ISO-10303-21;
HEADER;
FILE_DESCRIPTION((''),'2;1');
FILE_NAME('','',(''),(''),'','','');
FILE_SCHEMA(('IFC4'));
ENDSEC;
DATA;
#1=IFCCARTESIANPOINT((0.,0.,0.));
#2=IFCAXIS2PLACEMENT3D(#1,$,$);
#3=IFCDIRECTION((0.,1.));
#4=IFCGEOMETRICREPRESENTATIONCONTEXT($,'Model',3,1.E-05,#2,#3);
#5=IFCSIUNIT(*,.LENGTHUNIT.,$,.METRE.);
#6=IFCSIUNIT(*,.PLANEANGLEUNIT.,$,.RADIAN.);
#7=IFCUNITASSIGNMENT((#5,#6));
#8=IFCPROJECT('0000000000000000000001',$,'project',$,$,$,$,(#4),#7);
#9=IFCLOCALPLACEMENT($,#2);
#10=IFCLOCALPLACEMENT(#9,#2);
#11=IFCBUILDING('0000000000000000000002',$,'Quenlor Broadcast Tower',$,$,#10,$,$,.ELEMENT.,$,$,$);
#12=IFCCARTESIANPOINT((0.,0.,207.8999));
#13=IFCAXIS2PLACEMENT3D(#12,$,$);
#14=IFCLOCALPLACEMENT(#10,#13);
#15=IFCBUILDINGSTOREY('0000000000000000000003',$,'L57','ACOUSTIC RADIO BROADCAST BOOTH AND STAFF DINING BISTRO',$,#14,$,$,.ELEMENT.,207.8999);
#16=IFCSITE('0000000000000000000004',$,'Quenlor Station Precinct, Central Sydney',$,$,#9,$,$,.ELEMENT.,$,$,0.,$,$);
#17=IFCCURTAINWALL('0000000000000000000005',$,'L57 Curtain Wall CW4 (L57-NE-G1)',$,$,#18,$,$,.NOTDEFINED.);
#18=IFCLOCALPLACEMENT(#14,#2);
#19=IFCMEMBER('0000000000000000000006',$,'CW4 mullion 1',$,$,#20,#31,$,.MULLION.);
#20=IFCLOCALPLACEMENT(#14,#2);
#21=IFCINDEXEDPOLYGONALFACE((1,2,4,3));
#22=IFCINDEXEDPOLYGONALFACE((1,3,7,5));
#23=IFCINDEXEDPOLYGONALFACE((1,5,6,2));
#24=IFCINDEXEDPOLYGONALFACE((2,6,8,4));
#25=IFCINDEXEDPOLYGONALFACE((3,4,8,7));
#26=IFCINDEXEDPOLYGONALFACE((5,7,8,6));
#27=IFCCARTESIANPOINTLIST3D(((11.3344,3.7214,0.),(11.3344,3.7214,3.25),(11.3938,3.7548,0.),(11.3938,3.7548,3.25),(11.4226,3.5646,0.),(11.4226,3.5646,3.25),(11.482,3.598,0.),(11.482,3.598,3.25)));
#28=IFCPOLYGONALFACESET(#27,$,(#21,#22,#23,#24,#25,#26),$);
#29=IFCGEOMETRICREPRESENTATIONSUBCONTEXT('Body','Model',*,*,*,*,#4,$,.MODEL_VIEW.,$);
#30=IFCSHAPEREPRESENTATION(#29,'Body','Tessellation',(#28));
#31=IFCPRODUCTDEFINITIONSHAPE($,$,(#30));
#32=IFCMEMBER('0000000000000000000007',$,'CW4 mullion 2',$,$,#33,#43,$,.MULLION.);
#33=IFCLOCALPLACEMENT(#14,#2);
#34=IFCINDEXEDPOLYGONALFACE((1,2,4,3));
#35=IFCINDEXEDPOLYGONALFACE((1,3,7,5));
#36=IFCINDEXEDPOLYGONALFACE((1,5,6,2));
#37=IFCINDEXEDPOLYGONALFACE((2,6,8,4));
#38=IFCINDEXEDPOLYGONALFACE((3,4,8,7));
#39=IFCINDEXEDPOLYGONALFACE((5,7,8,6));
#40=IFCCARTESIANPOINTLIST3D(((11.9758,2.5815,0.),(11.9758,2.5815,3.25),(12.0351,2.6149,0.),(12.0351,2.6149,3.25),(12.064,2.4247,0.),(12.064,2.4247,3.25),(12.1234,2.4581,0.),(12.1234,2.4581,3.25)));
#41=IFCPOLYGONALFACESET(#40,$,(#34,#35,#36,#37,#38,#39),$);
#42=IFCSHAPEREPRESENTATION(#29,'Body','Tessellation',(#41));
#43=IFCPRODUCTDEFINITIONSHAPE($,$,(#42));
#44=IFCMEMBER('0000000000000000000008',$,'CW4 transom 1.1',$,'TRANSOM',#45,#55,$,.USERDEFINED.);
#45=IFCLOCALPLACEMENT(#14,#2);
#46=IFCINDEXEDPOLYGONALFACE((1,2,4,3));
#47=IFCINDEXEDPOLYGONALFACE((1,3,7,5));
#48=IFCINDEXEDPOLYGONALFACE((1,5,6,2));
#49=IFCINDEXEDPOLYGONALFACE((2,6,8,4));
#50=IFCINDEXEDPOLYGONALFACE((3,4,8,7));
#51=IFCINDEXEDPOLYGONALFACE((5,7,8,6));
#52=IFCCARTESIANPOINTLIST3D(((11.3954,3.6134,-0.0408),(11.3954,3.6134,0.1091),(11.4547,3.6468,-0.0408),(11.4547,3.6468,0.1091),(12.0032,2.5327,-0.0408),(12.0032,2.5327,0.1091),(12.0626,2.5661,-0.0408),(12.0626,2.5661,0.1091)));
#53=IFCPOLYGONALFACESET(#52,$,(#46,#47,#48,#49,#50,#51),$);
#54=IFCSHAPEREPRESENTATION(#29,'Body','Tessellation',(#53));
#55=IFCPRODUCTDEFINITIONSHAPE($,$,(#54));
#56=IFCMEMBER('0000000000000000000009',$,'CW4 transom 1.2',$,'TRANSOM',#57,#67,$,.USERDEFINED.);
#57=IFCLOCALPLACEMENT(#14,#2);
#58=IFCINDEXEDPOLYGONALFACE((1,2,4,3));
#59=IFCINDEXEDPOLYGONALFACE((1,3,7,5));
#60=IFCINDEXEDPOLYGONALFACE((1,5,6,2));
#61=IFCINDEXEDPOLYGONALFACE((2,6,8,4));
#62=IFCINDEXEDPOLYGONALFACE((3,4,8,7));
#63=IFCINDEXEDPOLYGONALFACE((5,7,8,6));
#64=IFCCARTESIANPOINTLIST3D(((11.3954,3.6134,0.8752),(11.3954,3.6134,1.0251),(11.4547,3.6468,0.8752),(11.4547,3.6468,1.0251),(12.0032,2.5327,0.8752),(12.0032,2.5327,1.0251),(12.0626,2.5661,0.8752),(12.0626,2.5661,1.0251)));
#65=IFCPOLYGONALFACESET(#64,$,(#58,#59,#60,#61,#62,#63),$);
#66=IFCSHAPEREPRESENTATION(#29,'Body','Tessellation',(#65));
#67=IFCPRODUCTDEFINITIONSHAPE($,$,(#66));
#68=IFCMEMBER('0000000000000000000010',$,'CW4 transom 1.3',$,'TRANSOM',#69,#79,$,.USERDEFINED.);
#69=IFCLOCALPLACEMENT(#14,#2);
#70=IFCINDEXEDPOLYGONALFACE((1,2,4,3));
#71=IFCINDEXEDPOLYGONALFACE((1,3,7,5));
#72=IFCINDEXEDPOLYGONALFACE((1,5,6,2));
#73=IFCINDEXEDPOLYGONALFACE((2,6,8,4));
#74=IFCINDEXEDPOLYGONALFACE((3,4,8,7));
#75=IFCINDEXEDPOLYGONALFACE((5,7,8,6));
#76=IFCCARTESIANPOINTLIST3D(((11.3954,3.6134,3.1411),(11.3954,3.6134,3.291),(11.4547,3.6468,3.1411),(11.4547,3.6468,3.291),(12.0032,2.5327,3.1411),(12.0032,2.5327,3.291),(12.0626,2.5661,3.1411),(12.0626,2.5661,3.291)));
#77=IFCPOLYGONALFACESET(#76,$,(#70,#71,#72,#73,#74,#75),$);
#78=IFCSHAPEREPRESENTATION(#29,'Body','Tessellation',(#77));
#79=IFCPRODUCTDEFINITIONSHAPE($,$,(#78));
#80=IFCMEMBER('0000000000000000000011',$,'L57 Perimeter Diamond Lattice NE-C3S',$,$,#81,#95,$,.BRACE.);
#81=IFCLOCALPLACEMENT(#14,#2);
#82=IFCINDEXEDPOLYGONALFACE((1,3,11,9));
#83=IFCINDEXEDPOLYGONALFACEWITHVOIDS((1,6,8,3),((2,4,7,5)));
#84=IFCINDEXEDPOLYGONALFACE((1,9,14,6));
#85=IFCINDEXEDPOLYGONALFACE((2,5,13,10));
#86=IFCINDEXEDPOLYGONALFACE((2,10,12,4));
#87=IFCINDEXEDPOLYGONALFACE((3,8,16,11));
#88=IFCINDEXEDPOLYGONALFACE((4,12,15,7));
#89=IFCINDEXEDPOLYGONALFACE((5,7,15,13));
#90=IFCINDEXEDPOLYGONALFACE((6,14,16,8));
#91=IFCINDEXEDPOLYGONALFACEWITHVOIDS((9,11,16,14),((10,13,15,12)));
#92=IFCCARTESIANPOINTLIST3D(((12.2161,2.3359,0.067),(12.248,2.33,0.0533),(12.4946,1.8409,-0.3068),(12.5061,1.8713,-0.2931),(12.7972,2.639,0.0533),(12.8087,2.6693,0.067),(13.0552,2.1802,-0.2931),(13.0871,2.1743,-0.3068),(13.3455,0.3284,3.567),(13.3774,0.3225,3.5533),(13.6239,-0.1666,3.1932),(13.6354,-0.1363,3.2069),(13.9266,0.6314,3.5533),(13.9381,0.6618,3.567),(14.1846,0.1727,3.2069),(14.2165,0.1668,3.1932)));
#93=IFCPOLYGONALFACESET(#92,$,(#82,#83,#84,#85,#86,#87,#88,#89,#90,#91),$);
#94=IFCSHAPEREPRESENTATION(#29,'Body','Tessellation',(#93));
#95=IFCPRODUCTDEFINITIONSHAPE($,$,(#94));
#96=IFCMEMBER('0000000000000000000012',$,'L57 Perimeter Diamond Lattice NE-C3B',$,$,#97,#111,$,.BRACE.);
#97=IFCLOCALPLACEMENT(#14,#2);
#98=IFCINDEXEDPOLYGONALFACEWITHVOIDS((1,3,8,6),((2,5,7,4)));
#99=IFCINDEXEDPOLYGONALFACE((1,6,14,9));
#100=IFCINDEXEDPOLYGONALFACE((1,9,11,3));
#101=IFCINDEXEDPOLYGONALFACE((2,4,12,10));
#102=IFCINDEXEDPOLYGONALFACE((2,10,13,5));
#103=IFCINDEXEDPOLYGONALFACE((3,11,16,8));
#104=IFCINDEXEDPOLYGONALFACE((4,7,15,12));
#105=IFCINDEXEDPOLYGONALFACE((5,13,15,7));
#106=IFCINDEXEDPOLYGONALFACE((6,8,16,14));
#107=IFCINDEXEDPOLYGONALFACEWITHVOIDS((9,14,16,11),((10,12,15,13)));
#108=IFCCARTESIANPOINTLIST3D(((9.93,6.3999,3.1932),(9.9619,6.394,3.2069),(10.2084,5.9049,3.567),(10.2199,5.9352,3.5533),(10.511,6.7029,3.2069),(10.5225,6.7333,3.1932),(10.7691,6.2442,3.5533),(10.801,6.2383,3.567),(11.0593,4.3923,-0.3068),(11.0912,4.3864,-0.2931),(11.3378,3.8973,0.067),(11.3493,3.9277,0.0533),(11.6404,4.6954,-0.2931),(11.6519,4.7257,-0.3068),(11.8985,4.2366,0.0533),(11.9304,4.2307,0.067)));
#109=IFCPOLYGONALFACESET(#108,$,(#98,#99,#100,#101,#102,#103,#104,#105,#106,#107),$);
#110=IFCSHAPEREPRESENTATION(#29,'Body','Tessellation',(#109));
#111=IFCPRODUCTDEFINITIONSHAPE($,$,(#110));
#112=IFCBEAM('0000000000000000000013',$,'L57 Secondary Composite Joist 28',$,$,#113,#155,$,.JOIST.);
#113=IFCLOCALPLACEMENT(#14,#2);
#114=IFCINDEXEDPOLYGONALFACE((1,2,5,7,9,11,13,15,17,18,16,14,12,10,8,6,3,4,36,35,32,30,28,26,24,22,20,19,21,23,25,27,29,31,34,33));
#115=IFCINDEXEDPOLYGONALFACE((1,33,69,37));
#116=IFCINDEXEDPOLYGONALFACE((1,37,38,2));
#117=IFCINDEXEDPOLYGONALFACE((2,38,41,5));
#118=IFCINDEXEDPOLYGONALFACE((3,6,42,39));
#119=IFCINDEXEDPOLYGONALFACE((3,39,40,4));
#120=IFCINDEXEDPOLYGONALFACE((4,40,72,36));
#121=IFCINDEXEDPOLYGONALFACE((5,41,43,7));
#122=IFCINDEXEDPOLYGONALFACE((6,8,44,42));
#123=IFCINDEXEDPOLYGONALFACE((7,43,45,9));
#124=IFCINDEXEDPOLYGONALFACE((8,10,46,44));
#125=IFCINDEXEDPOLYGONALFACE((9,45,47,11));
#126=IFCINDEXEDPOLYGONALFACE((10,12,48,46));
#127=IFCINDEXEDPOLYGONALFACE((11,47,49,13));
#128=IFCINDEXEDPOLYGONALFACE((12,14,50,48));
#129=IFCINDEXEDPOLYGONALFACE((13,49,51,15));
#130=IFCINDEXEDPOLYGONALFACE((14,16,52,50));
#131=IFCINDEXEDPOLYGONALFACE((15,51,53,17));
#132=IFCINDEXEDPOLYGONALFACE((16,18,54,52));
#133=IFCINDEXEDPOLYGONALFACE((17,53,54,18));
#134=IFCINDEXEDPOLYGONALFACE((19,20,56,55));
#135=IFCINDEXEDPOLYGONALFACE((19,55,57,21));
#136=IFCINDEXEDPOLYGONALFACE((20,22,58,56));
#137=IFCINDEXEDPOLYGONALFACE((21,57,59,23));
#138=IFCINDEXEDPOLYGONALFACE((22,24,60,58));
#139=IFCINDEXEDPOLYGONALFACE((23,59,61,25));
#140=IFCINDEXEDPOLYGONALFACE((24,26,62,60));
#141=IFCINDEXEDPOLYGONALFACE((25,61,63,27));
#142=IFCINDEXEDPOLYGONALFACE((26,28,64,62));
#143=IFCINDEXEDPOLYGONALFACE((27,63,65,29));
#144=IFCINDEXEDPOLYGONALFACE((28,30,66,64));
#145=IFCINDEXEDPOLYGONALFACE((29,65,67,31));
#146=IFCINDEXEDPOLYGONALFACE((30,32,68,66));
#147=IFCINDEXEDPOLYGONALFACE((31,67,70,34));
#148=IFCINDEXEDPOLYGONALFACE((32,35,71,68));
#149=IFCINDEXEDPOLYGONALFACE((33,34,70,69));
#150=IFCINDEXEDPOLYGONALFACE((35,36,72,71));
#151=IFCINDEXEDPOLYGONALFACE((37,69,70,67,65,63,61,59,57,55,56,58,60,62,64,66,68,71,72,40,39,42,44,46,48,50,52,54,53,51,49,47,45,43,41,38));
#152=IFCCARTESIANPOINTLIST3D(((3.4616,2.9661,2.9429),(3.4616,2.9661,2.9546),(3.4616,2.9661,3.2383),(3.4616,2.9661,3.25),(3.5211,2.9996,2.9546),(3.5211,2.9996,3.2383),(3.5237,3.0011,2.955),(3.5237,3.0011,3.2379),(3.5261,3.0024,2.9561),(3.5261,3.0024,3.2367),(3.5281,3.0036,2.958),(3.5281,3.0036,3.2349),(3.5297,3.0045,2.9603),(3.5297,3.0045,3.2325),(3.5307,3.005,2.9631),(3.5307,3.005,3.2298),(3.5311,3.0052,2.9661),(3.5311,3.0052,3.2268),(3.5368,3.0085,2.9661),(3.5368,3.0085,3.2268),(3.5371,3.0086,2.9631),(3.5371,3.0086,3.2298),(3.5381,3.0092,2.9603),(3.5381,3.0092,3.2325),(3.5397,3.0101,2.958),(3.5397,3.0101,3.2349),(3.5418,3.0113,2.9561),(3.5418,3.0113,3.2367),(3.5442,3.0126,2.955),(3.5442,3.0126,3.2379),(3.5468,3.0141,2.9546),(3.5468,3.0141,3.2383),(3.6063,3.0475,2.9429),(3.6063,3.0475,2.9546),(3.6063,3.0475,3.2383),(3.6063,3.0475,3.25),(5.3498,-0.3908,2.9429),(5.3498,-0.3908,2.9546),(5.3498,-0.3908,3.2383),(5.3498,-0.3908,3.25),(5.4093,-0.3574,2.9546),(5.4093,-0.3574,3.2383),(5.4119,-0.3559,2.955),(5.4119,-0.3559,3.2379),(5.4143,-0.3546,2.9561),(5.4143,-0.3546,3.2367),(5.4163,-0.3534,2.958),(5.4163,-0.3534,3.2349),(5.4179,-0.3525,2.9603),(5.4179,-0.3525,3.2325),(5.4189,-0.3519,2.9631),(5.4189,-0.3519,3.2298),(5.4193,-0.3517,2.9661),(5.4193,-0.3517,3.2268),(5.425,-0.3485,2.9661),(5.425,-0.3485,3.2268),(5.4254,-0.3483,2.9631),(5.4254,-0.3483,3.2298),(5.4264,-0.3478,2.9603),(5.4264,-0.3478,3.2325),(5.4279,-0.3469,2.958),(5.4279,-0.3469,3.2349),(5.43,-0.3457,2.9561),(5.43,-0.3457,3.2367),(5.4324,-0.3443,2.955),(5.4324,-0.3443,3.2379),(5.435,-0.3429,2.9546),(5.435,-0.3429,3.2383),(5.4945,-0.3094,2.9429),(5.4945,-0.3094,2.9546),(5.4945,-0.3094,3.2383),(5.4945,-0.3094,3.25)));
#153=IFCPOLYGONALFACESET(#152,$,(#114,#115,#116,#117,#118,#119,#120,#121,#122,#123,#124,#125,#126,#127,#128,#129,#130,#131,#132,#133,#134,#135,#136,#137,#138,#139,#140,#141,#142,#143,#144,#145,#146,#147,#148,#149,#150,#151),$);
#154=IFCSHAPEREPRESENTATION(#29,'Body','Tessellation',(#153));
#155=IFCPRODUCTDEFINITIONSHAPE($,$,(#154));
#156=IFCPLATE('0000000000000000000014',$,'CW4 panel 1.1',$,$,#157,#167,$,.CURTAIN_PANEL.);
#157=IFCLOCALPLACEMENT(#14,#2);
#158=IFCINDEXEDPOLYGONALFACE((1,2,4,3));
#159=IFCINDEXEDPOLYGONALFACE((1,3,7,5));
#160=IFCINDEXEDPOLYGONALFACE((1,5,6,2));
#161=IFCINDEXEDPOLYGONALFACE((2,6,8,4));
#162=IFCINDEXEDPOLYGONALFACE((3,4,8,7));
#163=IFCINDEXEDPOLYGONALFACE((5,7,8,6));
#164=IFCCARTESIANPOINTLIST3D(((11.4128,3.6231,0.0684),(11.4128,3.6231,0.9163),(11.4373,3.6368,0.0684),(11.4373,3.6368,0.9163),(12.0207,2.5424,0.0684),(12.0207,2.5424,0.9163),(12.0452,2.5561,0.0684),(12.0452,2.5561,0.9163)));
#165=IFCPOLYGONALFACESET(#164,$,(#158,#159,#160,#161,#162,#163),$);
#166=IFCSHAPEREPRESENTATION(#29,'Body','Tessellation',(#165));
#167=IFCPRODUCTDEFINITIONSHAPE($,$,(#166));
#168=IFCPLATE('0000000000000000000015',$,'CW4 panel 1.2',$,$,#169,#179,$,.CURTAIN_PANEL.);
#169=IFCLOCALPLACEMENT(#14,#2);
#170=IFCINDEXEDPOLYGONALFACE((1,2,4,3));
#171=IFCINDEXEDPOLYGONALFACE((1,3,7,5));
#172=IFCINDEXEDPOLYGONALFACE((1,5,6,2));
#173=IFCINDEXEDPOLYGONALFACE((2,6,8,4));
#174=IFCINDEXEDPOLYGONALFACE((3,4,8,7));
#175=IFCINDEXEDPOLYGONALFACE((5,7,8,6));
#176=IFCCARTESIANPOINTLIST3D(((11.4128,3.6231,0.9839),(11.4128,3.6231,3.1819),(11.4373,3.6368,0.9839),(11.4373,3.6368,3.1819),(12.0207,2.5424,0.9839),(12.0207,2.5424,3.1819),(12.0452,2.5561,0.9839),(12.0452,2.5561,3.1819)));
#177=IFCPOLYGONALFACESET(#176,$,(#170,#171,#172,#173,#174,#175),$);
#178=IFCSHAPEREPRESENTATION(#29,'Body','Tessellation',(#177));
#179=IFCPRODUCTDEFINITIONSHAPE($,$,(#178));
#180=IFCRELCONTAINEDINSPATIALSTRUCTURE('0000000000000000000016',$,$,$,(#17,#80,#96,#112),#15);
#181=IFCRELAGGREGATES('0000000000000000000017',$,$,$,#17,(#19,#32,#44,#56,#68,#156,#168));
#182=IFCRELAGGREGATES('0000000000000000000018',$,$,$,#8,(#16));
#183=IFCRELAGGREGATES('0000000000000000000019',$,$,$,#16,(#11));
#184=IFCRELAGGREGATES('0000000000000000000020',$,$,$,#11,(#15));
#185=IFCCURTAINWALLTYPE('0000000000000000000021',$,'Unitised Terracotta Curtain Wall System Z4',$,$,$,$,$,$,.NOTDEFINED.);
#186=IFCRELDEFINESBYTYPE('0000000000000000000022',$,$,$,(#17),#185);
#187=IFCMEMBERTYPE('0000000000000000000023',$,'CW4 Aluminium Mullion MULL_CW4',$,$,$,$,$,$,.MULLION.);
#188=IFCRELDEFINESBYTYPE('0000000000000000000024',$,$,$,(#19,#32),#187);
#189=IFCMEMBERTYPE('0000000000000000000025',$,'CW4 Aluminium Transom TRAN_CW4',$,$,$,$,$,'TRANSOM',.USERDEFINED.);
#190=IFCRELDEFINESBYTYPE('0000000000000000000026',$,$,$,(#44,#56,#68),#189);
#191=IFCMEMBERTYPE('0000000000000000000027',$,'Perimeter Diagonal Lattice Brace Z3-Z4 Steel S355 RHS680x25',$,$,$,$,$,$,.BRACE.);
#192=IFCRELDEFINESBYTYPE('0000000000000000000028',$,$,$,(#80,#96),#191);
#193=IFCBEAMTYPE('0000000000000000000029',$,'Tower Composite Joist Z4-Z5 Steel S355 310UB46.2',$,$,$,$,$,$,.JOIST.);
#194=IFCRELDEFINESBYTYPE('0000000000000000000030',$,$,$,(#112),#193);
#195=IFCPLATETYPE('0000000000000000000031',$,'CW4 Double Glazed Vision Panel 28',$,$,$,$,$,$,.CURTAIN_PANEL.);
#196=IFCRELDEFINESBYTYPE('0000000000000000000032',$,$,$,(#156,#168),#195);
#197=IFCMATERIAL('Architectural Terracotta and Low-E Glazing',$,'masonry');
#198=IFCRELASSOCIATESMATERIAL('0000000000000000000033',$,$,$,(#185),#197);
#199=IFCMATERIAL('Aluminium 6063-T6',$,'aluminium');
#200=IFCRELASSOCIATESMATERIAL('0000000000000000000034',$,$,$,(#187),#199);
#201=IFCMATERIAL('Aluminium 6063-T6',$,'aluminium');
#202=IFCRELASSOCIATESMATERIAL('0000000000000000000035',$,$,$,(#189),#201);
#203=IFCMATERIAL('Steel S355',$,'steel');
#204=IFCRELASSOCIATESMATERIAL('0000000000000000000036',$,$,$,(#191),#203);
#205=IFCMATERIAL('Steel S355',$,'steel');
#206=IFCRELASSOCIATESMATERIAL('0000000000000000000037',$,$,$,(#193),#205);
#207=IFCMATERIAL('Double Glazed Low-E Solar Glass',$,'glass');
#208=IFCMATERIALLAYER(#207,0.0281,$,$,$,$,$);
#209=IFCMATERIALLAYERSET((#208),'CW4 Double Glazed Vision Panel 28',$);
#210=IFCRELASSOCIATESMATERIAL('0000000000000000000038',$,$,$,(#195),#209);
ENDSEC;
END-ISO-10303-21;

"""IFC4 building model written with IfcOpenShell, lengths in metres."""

from ifc_helpers import new_model, si_unit, direction, frame, origin, origin_2d, place, context, subcontext, project, spatial, rectangle, hollow_rectangle, i_section, extrude, material, layer, layer_set, material_profile, profile_set, type_object, element, aggregate, save


model = new_model("IFC4")

# Units and contexts
model_context = context("Model", 3, precision=1e-05, world=origin(), true_north=direction((0.0, 1.0)))
body_context = subcontext(model_context, "Body", "Model", "MODEL_VIEW")
ifc_project = project(units=[si_unit("LENGTHUNIT", "METRE"), si_unit("PLANEANGLEUNIT", "RADIAN")], contexts=[model_context])

# Site, building, storey
site_placement = place(None, origin())
site = spatial("IfcSite", under=ifc_project, at=site_placement, Name="Quenlor Station Precinct, Central Sydney", CompositionType="ELEMENT", RefElevation=0.0)
building_placement = place(site_placement, origin())
building = spatial("IfcBuilding", under=site, at=building_placement, Name="Quenlor Broadcast Tower", CompositionType="ELEMENT")
storey_placement = place(building_placement, frame((0.0, 0.0, 207.8999)))
storey = spatial("IfcBuildingStorey", under=building, at=storey_placement, Name="L57", Description="ACOUSTIC RADIO BROADCAST BOOTH AND STAFF DINING BISTRO", CompositionType="ELEMENT", Elevation=207.8999)

# Curtain wall, members
ifc_material_1 = material(Name="Architectural Terracotta and Low-E Glazing", Category="masonry")
curtain_wall_type = type_object("IfcCurtainWallType", Name="Unitised Terracotta Curtain Wall System Z4", PredefinedType="NOTDEFINED", material=ifc_material_1)
curtain_wall_placement = place(storey_placement, origin())
curtain_wall = element("IfcCurtainWall", 1, at=curtain_wall_placement, inside=storey, type_object=curtain_wall_type, Name="L57 Curtain Wall CW4 (L57-NE-G1)", PredefinedType="NOTDEFINED")
ifc_material_2 = material(Name="Aluminium 6063-T6", Category="aluminium")
ifc_material_profile_1 = material_profile(ifc_material_2, rectangle(XDim=0.0681, YDim=0.1799, at=origin_2d()))
ifc_profile_set_1 = profile_set([ifc_material_profile_1], Name="Aluminium 6063-T6 MULL68x180")
member_type_1 = type_object("IfcMemberType", Name="CW4 Aluminium Mullion MULL_CW4", PredefinedType="MULLION", material=ifc_profile_set_1)
member_1_placement = place(storey_placement, frame((11.4082, 3.6597, 0.0), z_axis=(0.0, 0.0, 1.0), x_axis=(0.87156, 0.490289, 0.0)))
member_1 = element("IfcMember", 2, at=member_1_placement, type_object=member_type_1, Name="CW4 mullion 1", PredefinedType="MULLION", context=body_context, shape_type="SweptSolid", body=[
    extrude(rectangle(XDim=0.0681, YDim=0.1799, at=origin_2d()), origin(), (0.0, 0.0, 1.0), 3.25),
])
member_2_placement = place(storey_placement, frame((12.0496, 2.5198, 0.0), z_axis=(0.0, 0.0, 1.0), x_axis=(0.87156, 0.490289, 0.0)))
member_2 = element("IfcMember", 3, at=member_2_placement, type_object=member_type_1, Name="CW4 mullion 2", PredefinedType="MULLION", context=body_context, shape_type="SweptSolid", body=[
    extrude(rectangle(XDim=0.0681, YDim=0.1799, at=origin_2d()), origin(), (0.0, 0.0, 1.0), 3.25),
])
ifc_material_3 = material(Name="Aluminium 6063-T6", Category="aluminium")
ifc_material_profile_2 = material_profile(ifc_material_3, rectangle(XDim=0.0681, YDim=0.1499, at=origin_2d()))
ifc_profile_set_2 = profile_set([ifc_material_profile_2], Name="Aluminium 6063-T6 TRAN68x150")
member_type_2 = type_object("IfcMemberType", Name="CW4 Aluminium Transom TRAN_CW4", ElementType="TRANSOM", PredefinedType="USERDEFINED", material=ifc_profile_set_2)
member_3_placement = place(storey_placement, frame((11.425, 3.6301, 0.0342), z_axis=(0.490233, -0.871591, 0.0), x_axis=(0.871591, 0.490233, 0.0)))
member_3 = element("IfcMember", 4, at=member_3_placement, type_object=member_type_2, Name="CW4 transom 1.1", ObjectType="TRANSOM", PredefinedType="USERDEFINED", context=body_context, shape_type="SweptSolid", body=[
    extrude(rectangle(XDim=0.0681, YDim=0.1499, at=origin_2d()), origin(), (0.0, 0.0, 1.0), 1.24),
])
member_4_placement = place(storey_placement, frame((11.425, 3.6301, 0.9502), z_axis=(0.490233, -0.871591, 0.0), x_axis=(0.871591, 0.490233, 0.0)))
member_4 = element("IfcMember", 5, at=member_4_placement, type_object=member_type_2, Name="CW4 transom 1.2", ObjectType="TRANSOM", PredefinedType="USERDEFINED", context=body_context, shape_type="SweptSolid", body=[
    extrude(rectangle(XDim=0.0681, YDim=0.1499, at=origin_2d()), origin(), (0.0, 0.0, 1.0), 1.24),
])
member_5_placement = place(storey_placement, frame((11.425, 3.6301, 3.2161), z_axis=(0.490233, -0.871591, 0.0), x_axis=(0.871591, 0.490233, 0.0)))
member_5 = element("IfcMember", 6, at=member_5_placement, type_object=member_type_2, Name="CW4 transom 1.3", ObjectType="TRANSOM", PredefinedType="USERDEFINED", context=body_context, shape_type="SweptSolid", body=[
    extrude(rectangle(XDim=0.0681, YDim=0.1499, at=origin_2d()), origin(), (0.0, 0.0, 1.0), 1.24),
])

# Members
ifc_material_4 = material(Name="Steel S355", Category="steel")
ifc_material_profile_3 = material_profile(ifc_material_4, hollow_rectangle(XDim=0.6799, YDim=0.6799, WallThickness=0.0249, at=origin_2d()))
ifc_profile_set_3 = profile_set([ifc_material_profile_3], Name="Steel S355 RHS680x680x25")
member_type_3 = type_object("IfcMemberType", Name="Perimeter Diagonal Lattice Brace Z3-Z4 Steel S355 RHS680x25", PredefinedType="BRACE", material=ifc_profile_set_3)
for number, where, z_axis, x_axis, name in (
    (7, (12.6516, 2.2551, -0.1199), (0.269547, -0.479136, 0.835328), (0.87155, 0.490307, 0.0), "L57 Perimeter Diamond Lattice NE-C3S"),
    (8, (11.4949, 4.3115, -0.1199), (-0.269547, 0.479136, 0.835328), (-0.87155, -0.490307, 0.0), "L57 Perimeter Diamond Lattice NE-C3B"),
):
    element("IfcMember", number, at=place(storey_placement, frame(where, z_axis=z_axis, x_axis=x_axis)), inside=storey, type_object=member_type_3, Name=name, PredefinedType="BRACE", context=body_context, shape_type="SweptSolid", body=[
        extrude(hollow_rectangle(XDim=0.6799, YDim=0.6799, WallThickness=0.0249, at=origin_2d()), origin(), (0.0, 0.0, 1.0), 4.1899),
    ])

# Beam
ifc_material_5 = material(Name="Steel S355", Category="steel")
ifc_material_profile_4 = material_profile(ifc_material_5, i_section(OverallWidth=0.166, OverallDepth=0.3071, WebThickness=0.0066, FlangeThickness=0.0117, FilletRadius=0.0115, at=origin_2d()))
ifc_profile_set_4 = profile_set([ifc_material_profile_4], Name="Steel S355 310UB46.2")
beam_type = type_object("IfcBeamType", Name="Tower Composite Joist Z4-Z5 Steel S355 310UB46.2", PredefinedType="JOIST", material=ifc_profile_set_4)
beam_placement = place(storey_placement, frame((3.5339, 3.0068, 3.0964), z_axis=(0.490243, -0.871586, 0.0), x_axis=(0.871586, 0.490243, 0.0)))
element("IfcBeam", 9, at=beam_placement, inside=storey, type_object=beam_type, Name="L57 Secondary Composite Joist 28", PredefinedType="JOIST", context=body_context, shape_type="SweptSolid", body=[
    extrude(i_section(OverallWidth=0.166, OverallDepth=0.3071, WebThickness=0.0066, FlangeThickness=0.0117, FilletRadius=0.0115, at=origin_2d()), origin(), (0.0, 0.0, 1.0), 3.8516),
])

# Plates
ifc_material_6 = material(Name="Double Glazed Low-E Solar Glass", Category="glass")
ifc_layer_1 = layer(ifc_material_6, 0.0281)
ifc_layer_set_1 = layer_set([ifc_layer_1], Name="CW4 Double Glazed Vision Panel 28")
plate_type_1 = type_object("IfcPlateType", Name="CW4 Double Glazed Vision Panel 28", PredefinedType="CURTAIN_PANEL", material=ifc_layer_set_1)
plate_1_placement = place(storey_placement, frame((11.729, 3.0896, 0.0684), z_axis=(0.0, 0.0, 1.0), x_axis=(0.490289, -0.87156, 0.0)))
plate_1 = element("IfcPlate", 10, at=plate_1_placement, type_object=plate_type_1, Name="CW4 panel 1.1", PredefinedType="CURTAIN_PANEL", context=body_context, shape_type="SweptSolid", body=[
    extrude(rectangle(XDim=1.24, YDim=0.0281, at=origin_2d()), origin(), (0.0, 0.0, 1.0), 0.8479),
])
plate_2_placement = place(storey_placement, frame((11.729, 3.0896, 0.9839), z_axis=(0.0, 0.0, 1.0), x_axis=(0.490289, -0.87156, 0.0)))
plate_2 = element("IfcPlate", 11, at=plate_2_placement, type_object=plate_type_1, Name="CW4 panel 1.2", PredefinedType="CURTAIN_PANEL", context=body_context, shape_type="SweptSolid", body=[
    extrude(rectangle(XDim=1.24, YDim=0.0281, at=origin_2d()), origin(), (0.0, 0.0, 1.0), 2.198),
])
aggregate(curtain_wall, [member_1, member_2, member_3, member_4, member_5, plate_1, plate_2])

save(model, "model.ifc")
